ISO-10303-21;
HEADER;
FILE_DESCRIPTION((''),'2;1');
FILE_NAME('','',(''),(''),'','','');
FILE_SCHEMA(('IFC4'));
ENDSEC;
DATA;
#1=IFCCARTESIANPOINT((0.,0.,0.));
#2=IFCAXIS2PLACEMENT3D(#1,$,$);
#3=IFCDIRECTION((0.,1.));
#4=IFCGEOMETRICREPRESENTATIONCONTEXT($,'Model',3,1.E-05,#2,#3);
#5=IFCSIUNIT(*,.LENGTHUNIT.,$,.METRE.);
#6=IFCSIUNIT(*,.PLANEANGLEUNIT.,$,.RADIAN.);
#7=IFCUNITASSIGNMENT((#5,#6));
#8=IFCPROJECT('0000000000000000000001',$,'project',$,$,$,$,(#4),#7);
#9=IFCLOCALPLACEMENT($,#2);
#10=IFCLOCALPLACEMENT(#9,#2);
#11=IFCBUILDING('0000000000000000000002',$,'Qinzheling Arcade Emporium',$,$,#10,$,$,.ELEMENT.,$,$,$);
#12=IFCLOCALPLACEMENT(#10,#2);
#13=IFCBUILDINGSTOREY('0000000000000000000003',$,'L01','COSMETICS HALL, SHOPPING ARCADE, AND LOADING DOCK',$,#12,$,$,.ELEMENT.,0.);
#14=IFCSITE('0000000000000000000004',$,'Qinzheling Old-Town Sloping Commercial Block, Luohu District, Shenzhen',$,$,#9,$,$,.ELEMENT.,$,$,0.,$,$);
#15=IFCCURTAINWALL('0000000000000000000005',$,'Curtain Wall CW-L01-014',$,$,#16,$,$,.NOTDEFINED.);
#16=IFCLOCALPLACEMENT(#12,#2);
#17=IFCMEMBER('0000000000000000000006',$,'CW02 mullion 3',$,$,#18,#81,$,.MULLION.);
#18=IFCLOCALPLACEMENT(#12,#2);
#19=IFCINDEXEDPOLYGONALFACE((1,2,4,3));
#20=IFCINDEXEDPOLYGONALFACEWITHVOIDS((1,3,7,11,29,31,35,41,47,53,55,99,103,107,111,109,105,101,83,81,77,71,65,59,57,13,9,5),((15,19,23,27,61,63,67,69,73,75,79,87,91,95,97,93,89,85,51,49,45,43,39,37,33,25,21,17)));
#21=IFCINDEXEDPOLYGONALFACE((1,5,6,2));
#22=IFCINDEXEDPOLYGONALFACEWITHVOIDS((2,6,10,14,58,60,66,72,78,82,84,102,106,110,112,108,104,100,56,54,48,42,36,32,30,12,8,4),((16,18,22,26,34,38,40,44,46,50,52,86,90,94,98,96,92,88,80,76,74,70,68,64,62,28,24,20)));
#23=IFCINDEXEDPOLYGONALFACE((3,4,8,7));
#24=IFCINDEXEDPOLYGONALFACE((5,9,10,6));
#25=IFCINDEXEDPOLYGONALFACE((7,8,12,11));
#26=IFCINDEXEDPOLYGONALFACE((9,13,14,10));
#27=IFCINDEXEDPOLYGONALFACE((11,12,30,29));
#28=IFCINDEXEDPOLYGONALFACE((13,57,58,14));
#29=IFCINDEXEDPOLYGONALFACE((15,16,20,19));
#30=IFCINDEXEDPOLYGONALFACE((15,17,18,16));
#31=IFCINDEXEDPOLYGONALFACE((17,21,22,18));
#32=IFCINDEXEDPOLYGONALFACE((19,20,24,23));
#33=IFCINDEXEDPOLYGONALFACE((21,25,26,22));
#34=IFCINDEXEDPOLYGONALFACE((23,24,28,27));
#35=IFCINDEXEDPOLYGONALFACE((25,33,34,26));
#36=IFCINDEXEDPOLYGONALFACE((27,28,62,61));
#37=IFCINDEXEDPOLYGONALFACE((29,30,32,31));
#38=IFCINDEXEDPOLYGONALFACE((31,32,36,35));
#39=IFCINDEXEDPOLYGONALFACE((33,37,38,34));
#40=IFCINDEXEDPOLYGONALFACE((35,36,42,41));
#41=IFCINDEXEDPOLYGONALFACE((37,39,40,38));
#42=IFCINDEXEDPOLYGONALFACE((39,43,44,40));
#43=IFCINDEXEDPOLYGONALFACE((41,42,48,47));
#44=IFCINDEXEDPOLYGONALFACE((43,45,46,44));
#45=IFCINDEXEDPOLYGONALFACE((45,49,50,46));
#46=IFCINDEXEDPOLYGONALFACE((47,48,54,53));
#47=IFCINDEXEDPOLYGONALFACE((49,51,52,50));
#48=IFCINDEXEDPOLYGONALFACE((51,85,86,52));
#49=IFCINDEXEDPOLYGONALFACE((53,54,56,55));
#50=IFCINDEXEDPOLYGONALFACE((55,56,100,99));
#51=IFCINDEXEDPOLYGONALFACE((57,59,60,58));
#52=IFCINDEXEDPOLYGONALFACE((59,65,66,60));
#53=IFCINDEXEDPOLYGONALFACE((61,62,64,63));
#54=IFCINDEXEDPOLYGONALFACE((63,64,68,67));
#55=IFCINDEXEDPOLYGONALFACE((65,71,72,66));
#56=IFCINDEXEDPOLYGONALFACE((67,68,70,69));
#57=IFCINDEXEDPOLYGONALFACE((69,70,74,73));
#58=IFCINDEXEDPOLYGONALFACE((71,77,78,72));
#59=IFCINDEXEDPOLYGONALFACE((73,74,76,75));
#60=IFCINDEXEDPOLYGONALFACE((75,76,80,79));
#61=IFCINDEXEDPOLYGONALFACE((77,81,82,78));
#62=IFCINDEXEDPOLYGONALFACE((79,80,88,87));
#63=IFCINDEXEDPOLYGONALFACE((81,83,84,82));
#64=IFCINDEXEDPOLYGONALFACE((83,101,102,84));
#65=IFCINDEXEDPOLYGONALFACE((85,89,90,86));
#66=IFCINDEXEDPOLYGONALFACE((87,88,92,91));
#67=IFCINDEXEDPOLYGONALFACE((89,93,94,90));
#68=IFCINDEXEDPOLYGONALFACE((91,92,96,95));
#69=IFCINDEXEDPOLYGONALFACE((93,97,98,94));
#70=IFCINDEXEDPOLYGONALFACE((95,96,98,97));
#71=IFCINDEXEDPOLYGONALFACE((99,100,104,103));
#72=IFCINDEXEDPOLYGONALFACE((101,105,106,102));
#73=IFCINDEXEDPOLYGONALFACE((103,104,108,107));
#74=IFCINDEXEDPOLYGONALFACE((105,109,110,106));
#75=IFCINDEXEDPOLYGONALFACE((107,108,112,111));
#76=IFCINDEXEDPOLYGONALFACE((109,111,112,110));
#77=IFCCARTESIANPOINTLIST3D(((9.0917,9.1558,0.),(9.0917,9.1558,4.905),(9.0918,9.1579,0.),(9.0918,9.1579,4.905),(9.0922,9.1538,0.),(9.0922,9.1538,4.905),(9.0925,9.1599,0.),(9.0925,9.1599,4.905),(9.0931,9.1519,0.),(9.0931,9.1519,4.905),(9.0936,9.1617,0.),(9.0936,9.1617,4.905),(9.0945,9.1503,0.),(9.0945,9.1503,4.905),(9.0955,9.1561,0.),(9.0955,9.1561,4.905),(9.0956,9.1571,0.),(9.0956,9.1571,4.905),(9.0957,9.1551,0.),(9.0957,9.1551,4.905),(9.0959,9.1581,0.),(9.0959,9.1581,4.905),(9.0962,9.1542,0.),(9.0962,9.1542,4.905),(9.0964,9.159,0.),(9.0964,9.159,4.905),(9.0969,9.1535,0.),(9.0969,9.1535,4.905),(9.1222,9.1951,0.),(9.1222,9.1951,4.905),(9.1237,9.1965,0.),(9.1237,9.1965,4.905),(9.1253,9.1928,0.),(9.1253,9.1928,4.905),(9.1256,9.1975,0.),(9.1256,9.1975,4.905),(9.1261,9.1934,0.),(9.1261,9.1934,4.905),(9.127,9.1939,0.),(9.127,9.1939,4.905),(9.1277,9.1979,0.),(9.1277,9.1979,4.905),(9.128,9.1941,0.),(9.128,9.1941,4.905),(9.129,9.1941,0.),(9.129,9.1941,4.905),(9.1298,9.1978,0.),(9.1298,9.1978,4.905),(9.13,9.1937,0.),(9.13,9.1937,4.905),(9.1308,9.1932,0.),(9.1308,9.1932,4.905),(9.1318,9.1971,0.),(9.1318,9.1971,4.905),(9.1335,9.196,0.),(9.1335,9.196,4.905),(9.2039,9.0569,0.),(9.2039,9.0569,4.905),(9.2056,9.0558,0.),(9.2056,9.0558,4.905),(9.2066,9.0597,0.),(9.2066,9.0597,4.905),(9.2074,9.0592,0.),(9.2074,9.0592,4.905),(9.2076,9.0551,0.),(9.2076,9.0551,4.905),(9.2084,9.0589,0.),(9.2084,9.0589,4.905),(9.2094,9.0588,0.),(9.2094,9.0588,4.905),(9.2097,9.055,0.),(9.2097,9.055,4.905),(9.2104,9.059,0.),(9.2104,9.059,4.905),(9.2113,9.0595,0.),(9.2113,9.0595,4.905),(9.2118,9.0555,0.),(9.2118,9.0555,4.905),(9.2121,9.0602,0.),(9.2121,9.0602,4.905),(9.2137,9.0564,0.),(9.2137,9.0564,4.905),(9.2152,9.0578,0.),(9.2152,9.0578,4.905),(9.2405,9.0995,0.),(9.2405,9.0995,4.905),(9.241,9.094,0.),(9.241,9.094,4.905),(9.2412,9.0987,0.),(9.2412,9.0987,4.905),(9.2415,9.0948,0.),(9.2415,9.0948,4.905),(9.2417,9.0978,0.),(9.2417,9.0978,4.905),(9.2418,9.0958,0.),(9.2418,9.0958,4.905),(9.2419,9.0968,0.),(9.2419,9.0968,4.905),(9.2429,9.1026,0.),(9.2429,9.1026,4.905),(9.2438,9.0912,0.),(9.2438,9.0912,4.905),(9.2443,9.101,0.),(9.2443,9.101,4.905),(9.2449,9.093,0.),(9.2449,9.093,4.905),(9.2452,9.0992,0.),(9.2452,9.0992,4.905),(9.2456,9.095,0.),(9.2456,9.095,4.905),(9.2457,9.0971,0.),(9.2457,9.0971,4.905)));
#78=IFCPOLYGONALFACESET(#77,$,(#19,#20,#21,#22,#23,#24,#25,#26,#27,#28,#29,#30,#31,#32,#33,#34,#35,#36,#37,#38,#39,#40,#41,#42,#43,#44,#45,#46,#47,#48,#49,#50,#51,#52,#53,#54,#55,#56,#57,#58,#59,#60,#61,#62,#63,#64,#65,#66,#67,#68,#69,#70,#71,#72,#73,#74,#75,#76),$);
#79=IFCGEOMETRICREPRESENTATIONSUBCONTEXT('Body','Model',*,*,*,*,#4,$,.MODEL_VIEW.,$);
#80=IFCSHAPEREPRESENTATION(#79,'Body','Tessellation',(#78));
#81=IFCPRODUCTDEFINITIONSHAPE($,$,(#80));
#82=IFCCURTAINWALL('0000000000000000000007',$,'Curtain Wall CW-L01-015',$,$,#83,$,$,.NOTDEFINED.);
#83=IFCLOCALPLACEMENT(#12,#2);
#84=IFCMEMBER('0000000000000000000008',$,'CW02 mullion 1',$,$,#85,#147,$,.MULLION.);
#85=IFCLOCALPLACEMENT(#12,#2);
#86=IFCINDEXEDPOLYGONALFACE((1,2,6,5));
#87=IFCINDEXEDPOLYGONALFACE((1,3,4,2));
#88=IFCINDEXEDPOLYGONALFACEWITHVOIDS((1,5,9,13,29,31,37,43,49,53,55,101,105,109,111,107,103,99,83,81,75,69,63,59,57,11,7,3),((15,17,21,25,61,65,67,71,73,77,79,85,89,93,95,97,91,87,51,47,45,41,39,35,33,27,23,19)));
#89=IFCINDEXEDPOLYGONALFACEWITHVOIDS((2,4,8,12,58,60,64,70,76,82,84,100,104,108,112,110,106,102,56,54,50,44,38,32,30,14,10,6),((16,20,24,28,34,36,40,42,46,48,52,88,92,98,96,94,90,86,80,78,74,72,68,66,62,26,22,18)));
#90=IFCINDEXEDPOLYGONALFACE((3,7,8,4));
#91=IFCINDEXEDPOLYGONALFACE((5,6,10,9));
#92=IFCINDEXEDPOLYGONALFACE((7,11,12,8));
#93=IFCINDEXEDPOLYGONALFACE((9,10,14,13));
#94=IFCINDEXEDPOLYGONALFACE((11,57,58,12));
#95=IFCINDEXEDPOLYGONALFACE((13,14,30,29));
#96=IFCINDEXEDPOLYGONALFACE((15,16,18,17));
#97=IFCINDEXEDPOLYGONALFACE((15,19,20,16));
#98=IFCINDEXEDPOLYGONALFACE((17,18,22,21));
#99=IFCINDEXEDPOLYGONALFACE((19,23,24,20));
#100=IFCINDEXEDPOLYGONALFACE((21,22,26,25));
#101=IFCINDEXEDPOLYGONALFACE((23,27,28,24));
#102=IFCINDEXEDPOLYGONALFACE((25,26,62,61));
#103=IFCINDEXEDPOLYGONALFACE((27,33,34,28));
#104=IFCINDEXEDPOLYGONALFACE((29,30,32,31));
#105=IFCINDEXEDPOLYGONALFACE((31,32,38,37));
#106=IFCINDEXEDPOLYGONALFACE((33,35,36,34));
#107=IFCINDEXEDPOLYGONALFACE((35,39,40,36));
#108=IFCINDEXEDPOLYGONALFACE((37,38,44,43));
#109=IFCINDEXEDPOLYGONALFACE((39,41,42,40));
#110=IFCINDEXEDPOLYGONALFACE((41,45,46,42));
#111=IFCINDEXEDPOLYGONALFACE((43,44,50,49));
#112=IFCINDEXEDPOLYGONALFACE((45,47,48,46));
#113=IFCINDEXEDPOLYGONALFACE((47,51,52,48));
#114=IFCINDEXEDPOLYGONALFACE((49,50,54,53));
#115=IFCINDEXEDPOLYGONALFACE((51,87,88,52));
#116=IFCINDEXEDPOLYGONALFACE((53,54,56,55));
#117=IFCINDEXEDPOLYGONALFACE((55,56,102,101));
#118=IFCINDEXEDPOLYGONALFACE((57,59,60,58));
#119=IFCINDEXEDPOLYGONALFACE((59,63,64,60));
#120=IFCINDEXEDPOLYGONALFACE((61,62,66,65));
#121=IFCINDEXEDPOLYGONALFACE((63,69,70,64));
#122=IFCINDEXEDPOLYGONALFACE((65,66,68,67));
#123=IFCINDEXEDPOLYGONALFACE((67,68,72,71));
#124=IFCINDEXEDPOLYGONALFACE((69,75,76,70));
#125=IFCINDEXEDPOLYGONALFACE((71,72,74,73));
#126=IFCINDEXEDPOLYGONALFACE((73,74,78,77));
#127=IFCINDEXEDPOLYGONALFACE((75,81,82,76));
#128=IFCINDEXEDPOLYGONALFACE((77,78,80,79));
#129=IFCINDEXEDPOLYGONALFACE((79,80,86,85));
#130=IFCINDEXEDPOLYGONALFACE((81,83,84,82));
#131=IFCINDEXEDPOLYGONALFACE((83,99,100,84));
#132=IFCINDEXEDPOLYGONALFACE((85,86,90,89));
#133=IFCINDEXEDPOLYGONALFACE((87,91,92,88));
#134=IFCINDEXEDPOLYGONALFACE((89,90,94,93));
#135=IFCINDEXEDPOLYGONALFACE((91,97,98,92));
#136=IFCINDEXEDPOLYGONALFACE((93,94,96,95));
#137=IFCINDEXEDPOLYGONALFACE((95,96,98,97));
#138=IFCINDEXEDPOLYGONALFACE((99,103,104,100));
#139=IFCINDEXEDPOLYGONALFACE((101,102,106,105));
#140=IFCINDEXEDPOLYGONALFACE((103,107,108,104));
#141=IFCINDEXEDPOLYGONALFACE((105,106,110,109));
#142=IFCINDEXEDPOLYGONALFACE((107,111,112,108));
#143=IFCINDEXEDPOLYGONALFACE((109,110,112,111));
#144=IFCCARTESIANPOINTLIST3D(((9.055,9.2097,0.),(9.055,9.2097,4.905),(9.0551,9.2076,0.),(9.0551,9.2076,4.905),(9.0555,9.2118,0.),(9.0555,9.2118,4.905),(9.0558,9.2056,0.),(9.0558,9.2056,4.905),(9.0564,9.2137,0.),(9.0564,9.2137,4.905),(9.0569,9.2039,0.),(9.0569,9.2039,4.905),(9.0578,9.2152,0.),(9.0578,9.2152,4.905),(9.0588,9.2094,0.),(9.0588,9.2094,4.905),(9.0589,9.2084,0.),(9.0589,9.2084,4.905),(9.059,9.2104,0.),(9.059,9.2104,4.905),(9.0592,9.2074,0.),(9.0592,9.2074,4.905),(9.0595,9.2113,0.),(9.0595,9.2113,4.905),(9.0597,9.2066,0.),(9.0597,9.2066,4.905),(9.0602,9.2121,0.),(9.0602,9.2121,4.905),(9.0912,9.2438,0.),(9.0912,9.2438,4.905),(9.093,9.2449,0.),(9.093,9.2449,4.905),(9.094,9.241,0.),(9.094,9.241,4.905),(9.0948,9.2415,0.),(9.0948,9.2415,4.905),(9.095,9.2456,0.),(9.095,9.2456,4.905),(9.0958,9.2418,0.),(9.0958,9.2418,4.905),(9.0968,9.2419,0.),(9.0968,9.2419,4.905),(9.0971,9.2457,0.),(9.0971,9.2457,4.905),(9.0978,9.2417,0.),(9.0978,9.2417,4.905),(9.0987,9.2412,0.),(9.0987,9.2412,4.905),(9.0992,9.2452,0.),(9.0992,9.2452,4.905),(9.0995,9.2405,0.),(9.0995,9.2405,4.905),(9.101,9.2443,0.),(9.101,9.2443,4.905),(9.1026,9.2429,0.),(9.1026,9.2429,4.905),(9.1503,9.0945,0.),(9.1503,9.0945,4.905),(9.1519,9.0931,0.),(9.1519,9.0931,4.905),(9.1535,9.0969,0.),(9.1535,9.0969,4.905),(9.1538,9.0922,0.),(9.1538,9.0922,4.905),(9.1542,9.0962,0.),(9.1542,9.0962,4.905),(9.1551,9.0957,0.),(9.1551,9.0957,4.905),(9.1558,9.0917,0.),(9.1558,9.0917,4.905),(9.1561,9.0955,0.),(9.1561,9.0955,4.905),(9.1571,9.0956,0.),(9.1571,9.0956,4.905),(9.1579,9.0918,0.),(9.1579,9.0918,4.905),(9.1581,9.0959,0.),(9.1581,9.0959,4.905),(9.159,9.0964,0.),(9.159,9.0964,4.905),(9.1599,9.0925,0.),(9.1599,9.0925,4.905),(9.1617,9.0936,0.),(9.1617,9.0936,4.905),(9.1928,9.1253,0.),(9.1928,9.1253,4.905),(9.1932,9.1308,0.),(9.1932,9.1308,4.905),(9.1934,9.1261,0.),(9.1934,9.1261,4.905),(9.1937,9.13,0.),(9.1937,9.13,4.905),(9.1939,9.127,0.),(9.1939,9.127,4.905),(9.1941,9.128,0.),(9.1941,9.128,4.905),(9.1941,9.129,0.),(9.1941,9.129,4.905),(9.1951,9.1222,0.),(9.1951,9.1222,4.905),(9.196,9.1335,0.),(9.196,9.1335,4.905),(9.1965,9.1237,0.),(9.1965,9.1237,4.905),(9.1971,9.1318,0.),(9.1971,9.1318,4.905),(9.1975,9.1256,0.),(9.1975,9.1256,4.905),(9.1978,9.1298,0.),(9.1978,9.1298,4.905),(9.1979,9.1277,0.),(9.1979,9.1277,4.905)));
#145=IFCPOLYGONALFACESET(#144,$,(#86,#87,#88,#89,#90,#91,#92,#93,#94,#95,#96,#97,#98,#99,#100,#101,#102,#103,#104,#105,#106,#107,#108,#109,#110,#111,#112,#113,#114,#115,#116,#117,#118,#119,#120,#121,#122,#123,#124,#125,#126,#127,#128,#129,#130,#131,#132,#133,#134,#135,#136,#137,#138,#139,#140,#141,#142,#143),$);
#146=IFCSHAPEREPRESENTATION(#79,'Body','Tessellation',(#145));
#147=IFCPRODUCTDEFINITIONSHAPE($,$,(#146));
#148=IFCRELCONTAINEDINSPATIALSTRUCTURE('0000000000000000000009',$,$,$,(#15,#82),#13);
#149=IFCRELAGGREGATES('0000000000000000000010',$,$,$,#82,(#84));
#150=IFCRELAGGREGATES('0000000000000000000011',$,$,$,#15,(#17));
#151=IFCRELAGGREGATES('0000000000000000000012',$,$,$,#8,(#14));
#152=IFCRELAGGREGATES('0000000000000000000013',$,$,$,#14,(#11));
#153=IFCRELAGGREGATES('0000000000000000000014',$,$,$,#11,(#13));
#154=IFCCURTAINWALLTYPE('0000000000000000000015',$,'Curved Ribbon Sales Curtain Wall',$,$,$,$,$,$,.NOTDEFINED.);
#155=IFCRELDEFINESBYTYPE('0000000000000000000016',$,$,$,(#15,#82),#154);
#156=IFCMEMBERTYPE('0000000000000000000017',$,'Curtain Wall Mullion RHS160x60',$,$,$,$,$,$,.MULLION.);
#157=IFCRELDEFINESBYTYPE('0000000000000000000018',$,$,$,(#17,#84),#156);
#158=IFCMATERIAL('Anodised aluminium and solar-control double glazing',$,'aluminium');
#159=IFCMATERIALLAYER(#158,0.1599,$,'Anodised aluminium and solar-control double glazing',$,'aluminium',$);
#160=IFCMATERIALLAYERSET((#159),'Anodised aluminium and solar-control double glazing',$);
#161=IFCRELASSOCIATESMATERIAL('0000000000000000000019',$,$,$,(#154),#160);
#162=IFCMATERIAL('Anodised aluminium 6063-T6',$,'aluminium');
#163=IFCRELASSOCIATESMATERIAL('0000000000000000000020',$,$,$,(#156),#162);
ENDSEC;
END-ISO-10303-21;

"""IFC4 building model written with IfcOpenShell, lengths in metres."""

from ifc_helpers import new_model, si_unit, direction, frame, origin, origin_2d, place, context, subcontext, project, spatial, hollow_rectangle, extrude, material, layer, layer_set, material_profile, profile_set, type_object, element, aggregate, save


model = new_model("IFC4")

# Units and contexts
model_context = context("Model", 3, precision=1e-05, world=origin(), true_north=direction((0.0, 1.0)))
body_context = subcontext(model_context, "Body", "Model", "MODEL_VIEW")
ifc_project = project(units=[si_unit("LENGTHUNIT", "METRE"), si_unit("PLANEANGLEUNIT", "RADIAN")], contexts=[model_context])

# Site, building, storey
site_placement = place(None, origin())
site = spatial("IfcSite", under=ifc_project, at=site_placement, Name="Qinzheling Old-Town Sloping Commercial Block, Luohu District, Shenzhen", CompositionType="ELEMENT", RefElevation=0.0)
building_placement = place(site_placement, origin())
building = spatial("IfcBuilding", under=site, at=building_placement, Name="Qinzheling Arcade Emporium", CompositionType="ELEMENT")
storey_placement = place(building_placement, origin())
storey = spatial("IfcBuildingStorey", under=building, at=storey_placement, Name="L01", Description="COSMETICS HALL, SHOPPING ARCADE, AND LOADING DOCK", CompositionType="ELEMENT", Elevation=0.0)

# Curtain wall, member
ifc_material_1 = material(Name="Anodised aluminium and solar-control double glazing", Category="aluminium")
ifc_layer_1 = layer(ifc_material_1, 0.1599, Name="Anodised aluminium and solar-control double glazing", Category="aluminium")
ifc_layer_set_1 = layer_set([ifc_layer_1], Name="Anodised aluminium and solar-control double glazing")
curtain_wall_type = type_object("IfcCurtainWallType", Name="Curved Ribbon Sales Curtain Wall", PredefinedType="NOTDEFINED", material=ifc_layer_set_1)
curtain_wall_1_placement = place(storey_placement, origin())
curtain_wall_1 = element("IfcCurtainWall", 1, at=curtain_wall_1_placement, inside=storey, type_object=curtain_wall_type, Name="Curtain Wall CW-L01-014", PredefinedType="NOTDEFINED")
ifc_material_2 = material(Name="Anodised aluminium 6063-T6", Category="aluminium")
ifc_material_profile_1 = material_profile(ifc_material_2, hollow_rectangle(XDim=0.0601, YDim=0.1599, WallThickness=0.0039, InnerFilletRadius=0.0039, OuterFilletRadius=0.0081, at=origin_2d()), Name="RHS 160x60x4", Category="aluminium")
ifc_profile_set_1 = profile_set([ifc_material_profile_1], Name="Anodised aluminium 6063-T6")
member_type_1 = type_object("IfcMemberType", Name="Curtain Wall Mullion RHS160x60", PredefinedType="MULLION", material=ifc_profile_set_1)
member_1_placement = place(storey_placement, frame((9.1687, 9.1265, 0.0), z_axis=(0.0, 0.0, 1.0), x_axis=(-0.649524, -0.760341, 0.0)))
member_1 = element("IfcMember", 2, at=member_1_placement, type_object=member_type_1, Name="CW02 mullion 3", PredefinedType="MULLION", context=body_context, shape_type="SweptSolid", body=[
    extrude(hollow_rectangle(XDim=0.0601, YDim=0.1599, WallThickness=0.0039, InnerFilletRadius=0.0039, OuterFilletRadius=0.0081, at=origin_2d()), origin(), (0.0, 0.0, 1.0), 4.905),
])

# Curtain wall, member
curtain_wall_2_placement = place(storey_placement, origin())
curtain_wall_2 = element("IfcCurtainWall", 3, at=curtain_wall_2_placement, inside=storey, type_object=curtain_wall_type, Name="Curtain Wall CW-L01-015", PredefinedType="NOTDEFINED")
member_2_placement = place(storey_placement, frame((9.1265, 9.1687, 0.0), z_axis=(0.0, 0.0, 1.0), x_axis=(-0.760341, -0.649524, 0.0)))
member_2 = element("IfcMember", 4, at=member_2_placement, type_object=member_type_1, Name="CW02 mullion 1", PredefinedType="MULLION", context=body_context, shape_type="SweptSolid", body=[
    extrude(hollow_rectangle(XDim=0.0601, YDim=0.1599, WallThickness=0.0039, InnerFilletRadius=0.0039, OuterFilletRadius=0.0081, at=origin_2d()), origin(), (0.0, 0.0, 1.0), 4.905),
])
aggregate(curtain_wall_2, [member_2])

aggregate(curtain_wall_1, [member_1])

save(model, "model.ifc")
